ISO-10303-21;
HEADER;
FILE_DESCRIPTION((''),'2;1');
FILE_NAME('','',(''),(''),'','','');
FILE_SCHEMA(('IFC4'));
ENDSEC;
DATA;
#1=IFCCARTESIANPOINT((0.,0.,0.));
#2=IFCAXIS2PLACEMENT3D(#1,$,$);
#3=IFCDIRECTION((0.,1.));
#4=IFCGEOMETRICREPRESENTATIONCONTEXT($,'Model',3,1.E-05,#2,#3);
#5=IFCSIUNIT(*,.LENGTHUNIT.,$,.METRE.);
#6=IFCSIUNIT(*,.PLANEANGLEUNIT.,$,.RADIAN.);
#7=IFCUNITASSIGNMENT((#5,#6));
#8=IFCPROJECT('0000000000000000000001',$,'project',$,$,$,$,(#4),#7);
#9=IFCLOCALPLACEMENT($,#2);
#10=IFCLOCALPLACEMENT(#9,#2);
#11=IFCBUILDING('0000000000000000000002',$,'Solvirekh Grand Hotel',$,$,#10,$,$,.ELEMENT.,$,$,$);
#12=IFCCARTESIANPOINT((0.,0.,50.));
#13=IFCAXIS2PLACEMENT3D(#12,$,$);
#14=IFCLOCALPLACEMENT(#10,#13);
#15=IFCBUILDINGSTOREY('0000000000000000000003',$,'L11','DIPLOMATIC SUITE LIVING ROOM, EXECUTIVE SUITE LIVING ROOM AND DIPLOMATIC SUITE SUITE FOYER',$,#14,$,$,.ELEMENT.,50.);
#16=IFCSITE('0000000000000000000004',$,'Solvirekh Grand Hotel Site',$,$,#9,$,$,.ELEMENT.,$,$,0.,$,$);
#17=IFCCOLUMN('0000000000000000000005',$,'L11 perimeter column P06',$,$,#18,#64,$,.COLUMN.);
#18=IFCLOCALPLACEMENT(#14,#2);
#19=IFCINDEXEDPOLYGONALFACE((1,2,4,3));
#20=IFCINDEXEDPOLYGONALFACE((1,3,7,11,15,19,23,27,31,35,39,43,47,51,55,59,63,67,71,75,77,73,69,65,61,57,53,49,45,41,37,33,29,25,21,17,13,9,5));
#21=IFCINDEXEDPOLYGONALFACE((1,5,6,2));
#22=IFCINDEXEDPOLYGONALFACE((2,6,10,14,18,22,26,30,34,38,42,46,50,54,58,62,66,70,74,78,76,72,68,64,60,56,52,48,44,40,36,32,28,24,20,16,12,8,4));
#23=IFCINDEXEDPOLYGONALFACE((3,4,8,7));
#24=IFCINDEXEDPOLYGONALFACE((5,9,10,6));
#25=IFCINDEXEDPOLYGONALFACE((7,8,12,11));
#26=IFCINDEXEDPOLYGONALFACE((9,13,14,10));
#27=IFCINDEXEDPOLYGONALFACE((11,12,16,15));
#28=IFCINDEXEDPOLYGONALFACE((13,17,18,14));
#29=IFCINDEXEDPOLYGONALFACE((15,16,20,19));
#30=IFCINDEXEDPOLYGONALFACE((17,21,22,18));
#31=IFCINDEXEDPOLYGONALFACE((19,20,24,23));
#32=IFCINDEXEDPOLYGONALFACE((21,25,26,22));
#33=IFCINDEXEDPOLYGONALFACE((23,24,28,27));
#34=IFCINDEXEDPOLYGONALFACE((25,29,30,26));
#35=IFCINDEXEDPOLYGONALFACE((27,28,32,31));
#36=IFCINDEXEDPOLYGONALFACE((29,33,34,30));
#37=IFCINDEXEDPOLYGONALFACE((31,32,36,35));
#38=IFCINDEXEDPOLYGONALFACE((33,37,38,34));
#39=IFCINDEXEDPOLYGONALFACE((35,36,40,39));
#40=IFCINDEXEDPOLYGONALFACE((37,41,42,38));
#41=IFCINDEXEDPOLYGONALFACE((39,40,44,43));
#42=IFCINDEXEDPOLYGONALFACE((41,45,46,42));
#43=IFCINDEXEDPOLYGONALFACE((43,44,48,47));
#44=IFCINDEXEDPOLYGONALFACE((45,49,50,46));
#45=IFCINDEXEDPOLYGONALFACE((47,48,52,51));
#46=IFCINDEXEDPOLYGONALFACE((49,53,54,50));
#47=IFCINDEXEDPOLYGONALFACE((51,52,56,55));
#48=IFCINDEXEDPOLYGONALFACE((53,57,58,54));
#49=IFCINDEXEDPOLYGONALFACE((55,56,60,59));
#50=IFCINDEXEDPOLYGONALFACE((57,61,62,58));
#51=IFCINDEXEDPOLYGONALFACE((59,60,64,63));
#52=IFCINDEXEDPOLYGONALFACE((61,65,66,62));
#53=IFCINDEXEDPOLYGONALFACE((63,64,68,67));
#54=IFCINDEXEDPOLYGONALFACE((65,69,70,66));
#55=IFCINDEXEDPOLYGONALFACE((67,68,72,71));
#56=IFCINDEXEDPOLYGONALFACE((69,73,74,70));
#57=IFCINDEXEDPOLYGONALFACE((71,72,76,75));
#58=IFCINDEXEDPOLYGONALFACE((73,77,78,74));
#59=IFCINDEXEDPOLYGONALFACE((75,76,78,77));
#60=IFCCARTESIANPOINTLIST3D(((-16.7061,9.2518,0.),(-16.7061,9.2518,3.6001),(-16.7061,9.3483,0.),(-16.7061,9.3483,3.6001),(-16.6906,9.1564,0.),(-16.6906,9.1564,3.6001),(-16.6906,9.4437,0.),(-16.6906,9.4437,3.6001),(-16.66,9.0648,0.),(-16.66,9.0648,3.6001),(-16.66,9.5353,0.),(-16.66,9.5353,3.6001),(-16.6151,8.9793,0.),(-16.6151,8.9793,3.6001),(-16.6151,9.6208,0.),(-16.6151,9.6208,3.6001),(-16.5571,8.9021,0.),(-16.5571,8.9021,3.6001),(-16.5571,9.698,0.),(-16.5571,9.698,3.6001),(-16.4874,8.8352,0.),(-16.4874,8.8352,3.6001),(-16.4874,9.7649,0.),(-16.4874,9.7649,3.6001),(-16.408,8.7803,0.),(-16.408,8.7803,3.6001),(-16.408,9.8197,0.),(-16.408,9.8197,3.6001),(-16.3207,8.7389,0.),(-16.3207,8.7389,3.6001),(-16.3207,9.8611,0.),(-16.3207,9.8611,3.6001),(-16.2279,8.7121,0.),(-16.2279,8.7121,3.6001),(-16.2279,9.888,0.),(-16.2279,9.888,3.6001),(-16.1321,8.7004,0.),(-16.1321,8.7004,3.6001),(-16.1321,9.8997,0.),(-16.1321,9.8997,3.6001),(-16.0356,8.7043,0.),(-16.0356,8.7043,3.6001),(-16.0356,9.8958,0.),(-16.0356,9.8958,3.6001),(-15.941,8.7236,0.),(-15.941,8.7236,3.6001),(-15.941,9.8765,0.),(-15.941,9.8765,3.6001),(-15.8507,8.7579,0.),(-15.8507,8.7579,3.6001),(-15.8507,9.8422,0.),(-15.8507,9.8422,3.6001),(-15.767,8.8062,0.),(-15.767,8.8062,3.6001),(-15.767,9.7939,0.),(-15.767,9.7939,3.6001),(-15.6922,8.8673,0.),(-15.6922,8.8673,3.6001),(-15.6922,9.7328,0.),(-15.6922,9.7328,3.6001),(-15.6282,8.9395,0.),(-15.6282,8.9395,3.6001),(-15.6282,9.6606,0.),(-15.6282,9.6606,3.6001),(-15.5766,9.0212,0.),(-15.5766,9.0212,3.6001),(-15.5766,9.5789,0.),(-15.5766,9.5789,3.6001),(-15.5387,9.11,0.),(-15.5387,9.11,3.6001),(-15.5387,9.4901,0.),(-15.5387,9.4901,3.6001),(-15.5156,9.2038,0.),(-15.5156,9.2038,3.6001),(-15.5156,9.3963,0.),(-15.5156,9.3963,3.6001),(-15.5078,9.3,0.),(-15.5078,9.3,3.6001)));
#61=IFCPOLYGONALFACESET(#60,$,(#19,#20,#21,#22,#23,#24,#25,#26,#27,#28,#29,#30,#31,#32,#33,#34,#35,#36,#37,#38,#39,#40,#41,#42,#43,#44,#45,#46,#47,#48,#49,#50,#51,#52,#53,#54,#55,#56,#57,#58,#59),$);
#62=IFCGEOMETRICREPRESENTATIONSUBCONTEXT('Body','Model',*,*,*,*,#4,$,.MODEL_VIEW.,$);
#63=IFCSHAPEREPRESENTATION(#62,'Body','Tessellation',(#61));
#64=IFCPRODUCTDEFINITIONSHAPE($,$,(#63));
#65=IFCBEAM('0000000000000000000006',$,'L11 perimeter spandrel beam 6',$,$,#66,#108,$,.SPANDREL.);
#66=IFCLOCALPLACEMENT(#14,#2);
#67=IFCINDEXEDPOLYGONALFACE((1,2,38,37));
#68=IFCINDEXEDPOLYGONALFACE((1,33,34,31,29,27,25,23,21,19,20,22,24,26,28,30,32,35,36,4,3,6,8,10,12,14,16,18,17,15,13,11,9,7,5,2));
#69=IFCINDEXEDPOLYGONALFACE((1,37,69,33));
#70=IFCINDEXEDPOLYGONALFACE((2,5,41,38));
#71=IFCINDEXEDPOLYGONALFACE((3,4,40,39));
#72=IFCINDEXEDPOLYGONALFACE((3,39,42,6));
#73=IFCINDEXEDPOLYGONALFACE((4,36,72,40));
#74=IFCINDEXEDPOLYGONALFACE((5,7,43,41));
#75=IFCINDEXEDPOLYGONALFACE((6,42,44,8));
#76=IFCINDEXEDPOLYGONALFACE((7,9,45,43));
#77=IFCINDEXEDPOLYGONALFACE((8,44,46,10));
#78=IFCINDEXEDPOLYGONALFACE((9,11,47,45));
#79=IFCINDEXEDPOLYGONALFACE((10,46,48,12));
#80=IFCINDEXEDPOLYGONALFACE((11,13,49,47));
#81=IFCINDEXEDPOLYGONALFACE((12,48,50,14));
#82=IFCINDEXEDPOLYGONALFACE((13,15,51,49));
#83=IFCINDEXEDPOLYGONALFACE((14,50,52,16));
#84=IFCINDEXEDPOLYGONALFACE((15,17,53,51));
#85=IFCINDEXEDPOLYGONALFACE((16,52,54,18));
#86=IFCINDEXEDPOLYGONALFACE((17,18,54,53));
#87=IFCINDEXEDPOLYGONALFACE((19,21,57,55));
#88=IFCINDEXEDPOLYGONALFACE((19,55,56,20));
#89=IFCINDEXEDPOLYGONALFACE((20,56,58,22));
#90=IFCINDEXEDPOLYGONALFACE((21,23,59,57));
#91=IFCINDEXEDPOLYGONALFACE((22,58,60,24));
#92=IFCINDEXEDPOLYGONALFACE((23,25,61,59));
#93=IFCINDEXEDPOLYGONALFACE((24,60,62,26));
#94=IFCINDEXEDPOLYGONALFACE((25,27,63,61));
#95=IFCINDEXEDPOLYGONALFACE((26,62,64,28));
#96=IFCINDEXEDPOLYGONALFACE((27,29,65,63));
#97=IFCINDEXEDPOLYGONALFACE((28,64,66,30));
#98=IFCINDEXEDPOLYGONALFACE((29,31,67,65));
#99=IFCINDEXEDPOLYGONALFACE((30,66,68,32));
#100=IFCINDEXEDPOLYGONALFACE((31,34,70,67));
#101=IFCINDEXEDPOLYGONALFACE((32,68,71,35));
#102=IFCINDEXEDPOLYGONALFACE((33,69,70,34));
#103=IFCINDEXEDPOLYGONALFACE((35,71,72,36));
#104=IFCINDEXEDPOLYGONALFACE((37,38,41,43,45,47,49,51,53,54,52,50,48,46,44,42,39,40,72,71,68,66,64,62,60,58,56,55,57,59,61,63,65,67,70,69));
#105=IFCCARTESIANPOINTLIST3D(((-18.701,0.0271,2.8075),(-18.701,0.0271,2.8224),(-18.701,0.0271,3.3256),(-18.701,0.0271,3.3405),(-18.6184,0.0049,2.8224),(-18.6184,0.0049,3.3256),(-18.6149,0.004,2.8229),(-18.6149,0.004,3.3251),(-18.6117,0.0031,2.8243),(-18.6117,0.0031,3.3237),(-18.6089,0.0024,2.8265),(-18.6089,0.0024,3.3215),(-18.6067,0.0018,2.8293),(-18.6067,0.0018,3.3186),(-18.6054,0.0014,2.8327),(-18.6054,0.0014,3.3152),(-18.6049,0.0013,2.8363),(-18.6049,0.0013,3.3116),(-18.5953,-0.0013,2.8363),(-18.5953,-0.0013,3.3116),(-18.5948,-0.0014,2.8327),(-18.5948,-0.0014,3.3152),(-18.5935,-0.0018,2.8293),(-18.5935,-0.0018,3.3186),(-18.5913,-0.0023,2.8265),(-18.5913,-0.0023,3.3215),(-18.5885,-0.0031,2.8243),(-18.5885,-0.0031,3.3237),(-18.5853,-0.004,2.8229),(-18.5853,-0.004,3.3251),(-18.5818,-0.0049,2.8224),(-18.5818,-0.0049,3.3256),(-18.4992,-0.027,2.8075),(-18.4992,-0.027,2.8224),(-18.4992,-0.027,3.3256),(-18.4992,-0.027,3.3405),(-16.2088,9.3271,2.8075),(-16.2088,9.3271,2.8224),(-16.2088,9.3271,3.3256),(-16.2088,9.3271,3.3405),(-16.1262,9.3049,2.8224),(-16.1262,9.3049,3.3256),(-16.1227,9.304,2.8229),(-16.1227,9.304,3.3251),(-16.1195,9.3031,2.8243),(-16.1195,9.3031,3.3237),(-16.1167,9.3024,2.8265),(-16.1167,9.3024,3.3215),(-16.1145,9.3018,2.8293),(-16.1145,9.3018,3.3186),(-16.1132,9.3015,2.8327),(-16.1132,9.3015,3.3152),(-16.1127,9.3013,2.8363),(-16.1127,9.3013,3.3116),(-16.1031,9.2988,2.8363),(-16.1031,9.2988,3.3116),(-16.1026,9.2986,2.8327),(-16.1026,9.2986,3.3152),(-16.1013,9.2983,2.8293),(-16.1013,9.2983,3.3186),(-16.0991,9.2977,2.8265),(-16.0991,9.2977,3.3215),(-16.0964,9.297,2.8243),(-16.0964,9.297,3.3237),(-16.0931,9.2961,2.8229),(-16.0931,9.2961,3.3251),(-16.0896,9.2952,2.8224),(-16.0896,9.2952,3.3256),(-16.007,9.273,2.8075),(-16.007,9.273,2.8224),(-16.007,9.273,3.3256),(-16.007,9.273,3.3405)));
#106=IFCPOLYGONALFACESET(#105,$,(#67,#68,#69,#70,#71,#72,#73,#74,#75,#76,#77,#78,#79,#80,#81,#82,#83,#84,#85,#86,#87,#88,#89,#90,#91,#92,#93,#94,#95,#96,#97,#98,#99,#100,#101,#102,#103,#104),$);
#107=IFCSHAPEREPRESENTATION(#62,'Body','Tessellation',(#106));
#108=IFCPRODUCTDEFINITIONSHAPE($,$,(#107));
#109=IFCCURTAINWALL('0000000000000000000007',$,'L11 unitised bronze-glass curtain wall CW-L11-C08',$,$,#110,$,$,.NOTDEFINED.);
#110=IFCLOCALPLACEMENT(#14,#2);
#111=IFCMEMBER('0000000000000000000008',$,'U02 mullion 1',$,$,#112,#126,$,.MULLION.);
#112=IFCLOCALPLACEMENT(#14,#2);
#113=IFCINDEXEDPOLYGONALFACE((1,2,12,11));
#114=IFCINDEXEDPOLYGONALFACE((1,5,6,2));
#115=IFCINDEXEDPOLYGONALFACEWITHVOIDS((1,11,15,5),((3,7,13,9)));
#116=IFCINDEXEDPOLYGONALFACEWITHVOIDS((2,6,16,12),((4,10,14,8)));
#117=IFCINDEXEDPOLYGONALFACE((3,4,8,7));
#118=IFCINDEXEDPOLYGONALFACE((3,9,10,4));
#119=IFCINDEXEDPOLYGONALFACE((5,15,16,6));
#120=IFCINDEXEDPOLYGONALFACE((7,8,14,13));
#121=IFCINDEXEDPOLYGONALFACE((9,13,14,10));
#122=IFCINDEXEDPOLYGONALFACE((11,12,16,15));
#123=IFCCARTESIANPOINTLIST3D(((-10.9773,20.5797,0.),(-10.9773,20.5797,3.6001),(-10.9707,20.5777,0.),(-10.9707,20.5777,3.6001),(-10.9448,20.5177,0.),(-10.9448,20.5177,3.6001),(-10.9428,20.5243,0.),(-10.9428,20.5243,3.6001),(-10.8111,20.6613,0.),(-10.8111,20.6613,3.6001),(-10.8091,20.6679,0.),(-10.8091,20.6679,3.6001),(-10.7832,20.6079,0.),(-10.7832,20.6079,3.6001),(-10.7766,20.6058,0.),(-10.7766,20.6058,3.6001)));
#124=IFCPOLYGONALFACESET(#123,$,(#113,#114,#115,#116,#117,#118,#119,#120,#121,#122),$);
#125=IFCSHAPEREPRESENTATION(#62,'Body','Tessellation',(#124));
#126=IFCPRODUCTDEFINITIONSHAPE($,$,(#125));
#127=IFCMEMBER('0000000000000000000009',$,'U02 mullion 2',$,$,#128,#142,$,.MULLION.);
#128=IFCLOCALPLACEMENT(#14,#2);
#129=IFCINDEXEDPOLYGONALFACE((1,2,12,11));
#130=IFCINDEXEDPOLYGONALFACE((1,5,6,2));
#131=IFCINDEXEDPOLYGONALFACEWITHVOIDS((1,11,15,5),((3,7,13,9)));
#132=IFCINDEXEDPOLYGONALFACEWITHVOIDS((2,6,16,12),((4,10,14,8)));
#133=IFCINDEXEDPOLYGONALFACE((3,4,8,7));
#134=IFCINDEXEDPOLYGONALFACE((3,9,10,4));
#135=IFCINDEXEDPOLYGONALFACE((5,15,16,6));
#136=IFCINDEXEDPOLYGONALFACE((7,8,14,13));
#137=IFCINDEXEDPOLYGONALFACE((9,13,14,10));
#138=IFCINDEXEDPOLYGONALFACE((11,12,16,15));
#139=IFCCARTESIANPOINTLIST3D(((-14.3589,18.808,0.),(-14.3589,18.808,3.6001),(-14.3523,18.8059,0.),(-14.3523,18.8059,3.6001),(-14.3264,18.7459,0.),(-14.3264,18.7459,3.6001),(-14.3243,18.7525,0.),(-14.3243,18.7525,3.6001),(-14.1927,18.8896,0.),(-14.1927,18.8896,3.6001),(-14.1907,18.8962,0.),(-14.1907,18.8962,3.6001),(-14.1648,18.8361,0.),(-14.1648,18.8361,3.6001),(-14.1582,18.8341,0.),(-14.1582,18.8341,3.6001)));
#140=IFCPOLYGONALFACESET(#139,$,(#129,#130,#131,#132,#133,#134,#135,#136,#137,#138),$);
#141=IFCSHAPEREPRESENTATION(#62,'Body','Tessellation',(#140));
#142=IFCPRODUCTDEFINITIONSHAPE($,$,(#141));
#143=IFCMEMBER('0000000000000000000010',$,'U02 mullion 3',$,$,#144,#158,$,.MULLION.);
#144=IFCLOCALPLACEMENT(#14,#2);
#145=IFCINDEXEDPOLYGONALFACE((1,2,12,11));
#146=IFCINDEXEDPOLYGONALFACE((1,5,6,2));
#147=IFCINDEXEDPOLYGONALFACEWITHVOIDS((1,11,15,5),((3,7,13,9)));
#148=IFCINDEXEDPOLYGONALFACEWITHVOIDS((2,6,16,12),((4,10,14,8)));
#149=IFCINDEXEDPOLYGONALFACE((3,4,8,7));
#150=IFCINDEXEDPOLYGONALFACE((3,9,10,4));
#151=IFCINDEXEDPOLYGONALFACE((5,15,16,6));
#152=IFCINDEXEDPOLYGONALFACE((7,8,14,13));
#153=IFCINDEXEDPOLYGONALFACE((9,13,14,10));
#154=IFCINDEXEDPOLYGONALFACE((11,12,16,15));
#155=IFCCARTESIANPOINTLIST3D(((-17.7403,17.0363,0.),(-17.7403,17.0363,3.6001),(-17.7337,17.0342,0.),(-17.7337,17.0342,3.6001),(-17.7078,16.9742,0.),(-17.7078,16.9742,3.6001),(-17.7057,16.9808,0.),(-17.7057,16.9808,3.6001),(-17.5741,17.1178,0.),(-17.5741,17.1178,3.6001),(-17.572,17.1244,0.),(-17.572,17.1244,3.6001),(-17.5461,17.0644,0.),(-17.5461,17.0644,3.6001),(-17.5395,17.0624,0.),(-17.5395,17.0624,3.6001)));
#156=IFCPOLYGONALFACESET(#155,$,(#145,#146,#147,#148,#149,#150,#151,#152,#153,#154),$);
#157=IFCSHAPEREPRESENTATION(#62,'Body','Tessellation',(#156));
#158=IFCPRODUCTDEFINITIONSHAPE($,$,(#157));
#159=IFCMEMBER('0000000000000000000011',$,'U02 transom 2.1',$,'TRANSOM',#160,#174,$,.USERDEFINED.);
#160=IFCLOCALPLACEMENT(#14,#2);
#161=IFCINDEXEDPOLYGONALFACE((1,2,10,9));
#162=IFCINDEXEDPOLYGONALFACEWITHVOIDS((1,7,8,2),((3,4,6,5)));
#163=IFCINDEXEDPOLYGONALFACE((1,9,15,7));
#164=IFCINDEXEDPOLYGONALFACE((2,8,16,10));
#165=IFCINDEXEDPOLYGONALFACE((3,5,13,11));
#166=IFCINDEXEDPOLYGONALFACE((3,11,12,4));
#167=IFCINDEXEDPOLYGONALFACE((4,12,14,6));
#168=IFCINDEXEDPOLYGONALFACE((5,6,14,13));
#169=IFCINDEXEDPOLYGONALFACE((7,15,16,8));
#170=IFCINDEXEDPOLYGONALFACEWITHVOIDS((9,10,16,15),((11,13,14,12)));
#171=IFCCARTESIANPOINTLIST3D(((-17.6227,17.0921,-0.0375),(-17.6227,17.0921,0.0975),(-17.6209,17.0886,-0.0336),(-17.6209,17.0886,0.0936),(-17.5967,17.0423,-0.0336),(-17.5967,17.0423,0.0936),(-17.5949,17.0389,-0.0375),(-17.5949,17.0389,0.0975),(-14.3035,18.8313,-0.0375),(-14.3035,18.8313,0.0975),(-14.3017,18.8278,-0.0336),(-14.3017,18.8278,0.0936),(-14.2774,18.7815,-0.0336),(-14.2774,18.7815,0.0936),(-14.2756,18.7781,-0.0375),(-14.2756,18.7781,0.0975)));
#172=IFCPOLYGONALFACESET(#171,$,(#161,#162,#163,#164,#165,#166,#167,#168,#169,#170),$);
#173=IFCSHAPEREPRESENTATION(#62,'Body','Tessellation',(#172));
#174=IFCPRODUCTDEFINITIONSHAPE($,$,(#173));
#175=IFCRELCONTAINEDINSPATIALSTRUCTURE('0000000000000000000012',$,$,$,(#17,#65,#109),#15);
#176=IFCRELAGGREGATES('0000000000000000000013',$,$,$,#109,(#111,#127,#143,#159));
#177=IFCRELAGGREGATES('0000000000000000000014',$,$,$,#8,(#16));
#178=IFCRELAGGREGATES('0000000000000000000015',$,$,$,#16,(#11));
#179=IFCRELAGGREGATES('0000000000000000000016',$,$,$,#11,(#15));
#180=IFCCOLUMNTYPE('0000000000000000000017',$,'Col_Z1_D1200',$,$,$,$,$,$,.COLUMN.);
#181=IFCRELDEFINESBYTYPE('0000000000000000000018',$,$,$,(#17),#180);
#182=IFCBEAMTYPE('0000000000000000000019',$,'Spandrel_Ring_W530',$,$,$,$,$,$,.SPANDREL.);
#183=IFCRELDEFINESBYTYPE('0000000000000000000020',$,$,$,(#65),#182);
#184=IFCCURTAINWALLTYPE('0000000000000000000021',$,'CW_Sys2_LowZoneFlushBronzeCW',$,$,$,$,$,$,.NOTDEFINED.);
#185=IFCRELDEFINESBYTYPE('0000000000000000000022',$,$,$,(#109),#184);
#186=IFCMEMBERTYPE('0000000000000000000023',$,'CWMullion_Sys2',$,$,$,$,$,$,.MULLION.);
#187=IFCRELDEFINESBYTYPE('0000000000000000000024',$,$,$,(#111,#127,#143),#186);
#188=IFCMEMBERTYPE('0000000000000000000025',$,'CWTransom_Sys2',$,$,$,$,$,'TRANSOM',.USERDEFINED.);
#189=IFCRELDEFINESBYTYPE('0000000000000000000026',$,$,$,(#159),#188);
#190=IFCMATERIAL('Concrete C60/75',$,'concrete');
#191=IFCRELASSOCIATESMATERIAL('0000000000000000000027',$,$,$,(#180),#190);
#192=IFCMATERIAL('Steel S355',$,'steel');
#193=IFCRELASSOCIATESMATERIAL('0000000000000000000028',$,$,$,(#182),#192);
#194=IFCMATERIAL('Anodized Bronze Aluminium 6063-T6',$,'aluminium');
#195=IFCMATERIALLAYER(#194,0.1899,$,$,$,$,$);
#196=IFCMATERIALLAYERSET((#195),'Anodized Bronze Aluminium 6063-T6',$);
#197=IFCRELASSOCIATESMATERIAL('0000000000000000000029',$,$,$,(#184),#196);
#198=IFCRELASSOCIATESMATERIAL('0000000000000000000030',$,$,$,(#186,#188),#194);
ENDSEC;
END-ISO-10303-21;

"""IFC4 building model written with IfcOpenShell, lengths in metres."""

from ifc_helpers import new_model, si_unit, direction, frame, origin, origin_2d, place, context, subcontext, project, spatial, hollow_rectangle, circle, i_section, extrude, source, transform, mapped, material, layer, layer_set, material_profile, profile_set, type_object, element, aggregate, save


model = new_model("IFC4")

# Units and contexts
model_context = context("Model", 3, precision=1e-05, world=origin(), true_north=direction((0.0, 1.0)))
body_context = subcontext(model_context, "Body", "Model", "MODEL_VIEW")
ifc_project = project(units=[si_unit("LENGTHUNIT", "METRE"), si_unit("PLANEANGLEUNIT", "RADIAN")], contexts=[model_context])

# Site, building, storey
site_placement = place(None, origin())
site = spatial("IfcSite", under=ifc_project, at=site_placement, Name="Solvirekh Grand Hotel Site", CompositionType="ELEMENT", RefElevation=0.0)
building_placement = place(site_placement, origin())
building = spatial("IfcBuilding", under=site, at=building_placement, Name="Solvirekh Grand Hotel", CompositionType="ELEMENT")
storey_placement = place(building_placement, frame((0.0, 0.0, 50.0)))
storey = spatial("IfcBuildingStorey", under=building, at=storey_placement, Name="L11", Description="DIPLOMATIC SUITE LIVING ROOM, EXECUTIVE SUITE LIVING ROOM AND DIPLOMATIC SUITE SUITE FOYER", CompositionType="ELEMENT", Elevation=50.0)

# Column
ifc_material_1 = material(Name="Concrete C60/75", Category="concrete")
ifc_material_profile_1 = material_profile(ifc_material_1, circle(Radius=0.6001, at=origin_2d()), Name="RC CIRC D1200")
ifc_profile_set_1 = profile_set([ifc_material_profile_1], Name="Concrete C60/75")
column_type = type_object("IfcColumnType", Name="Col_Z1_D1200", PredefinedType="COLUMN", material=ifc_profile_set_1)
column_placement = place(storey_placement, frame((-16.1079, 9.3, 0.0), z_axis=(0.0, 0.0, 1.0), x_axis=(1.0, 0.0, 0.0)))
element("IfcColumn", 1, at=column_placement, inside=storey, type_object=column_type, Name="L11 perimeter column P06", PredefinedType="COLUMN", context=body_context, shape_type="SweptSolid", body=[
    extrude(circle(Radius=0.6001, at=origin_2d()), origin(), (0.0, 0.0, 1.0), 3.6001),
])

# Beam
ifc_material_2 = material(Name="Steel S355", Category="steel")
ifc_material_profile_2 = material_profile(ifc_material_2, i_section(OverallWidth=0.209, OverallDepth=0.533, WebThickness=0.01, FlangeThickness=0.0149, FilletRadius=0.0139, at=origin_2d()), Name="W530X92")
ifc_profile_set_2 = profile_set([ifc_material_profile_2], Name="Steel S355")
beam_type = type_object("IfcBeamType", Name="Spandrel_Ring_W530", PredefinedType="SPANDREL", material=ifc_profile_set_2)
beam_placement = place(storey_placement, frame((-16.1079, 9.3, 3.074), z_axis=(-0.258843, -0.965919, 0.0), x_axis=(0.965919, -0.258843, 0.0)))
element("IfcBeam", 2, at=beam_placement, inside=storey, type_object=beam_type, Name="L11 perimeter spandrel beam 6", PredefinedType="SPANDREL", context=body_context, shape_type="SweptSolid", body=[
    extrude(i_section(OverallWidth=0.209, OverallDepth=0.533, WebThickness=0.01, FlangeThickness=0.0149, FilletRadius=0.0139, at=origin_2d()), origin(), (0.0, 0.0, 1.0), 9.6282),
])

# Curtain wall, members
ifc_material_3 = material(Name="Anodized Bronze Aluminium 6063-T6", Category="aluminium")
ifc_layer_1 = layer(ifc_material_3, 0.1899)
ifc_layer_set_1 = layer_set([ifc_layer_1], Name="Anodized Bronze Aluminium 6063-T6")
curtain_wall_type = type_object("IfcCurtainWallType", Name="CW_Sys2_LowZoneFlushBronzeCW", PredefinedType="NOTDEFINED", material=ifc_layer_set_1)
curtain_wall_placement = place(storey_placement, origin())
curtain_wall = element("IfcCurtainWall", 3, at=curtain_wall_placement, inside=storey, type_object=curtain_wall_type, Name="L11 unitised bronze-glass curtain wall CW-L11-C08", PredefinedType="NOTDEFINED")
ifc_material_profile_3 = material_profile(ifc_material_3, hollow_rectangle(XDim=0.0701, YDim=0.1899, WallThickness=0.0049, at=origin_2d()), Name="ALU RHS 190X70X5")
ifc_profile_set_3 = profile_set([ifc_material_profile_3], Name="Anodized Bronze Aluminium 6063-T6")
member_type_1 = type_object("IfcMemberType", Name="CWMullion_Sys2", PredefinedType="MULLION", material=ifc_profile_set_3)
shared_shape_1 = source(origin(), body_context, "Body", "SweptSolid", [
    extrude(hollow_rectangle(XDim=0.0701, YDim=0.1899, WallThickness=0.0049, at=origin_2d()), origin(), (0.0, 0.0, 1.0), 3.6001),
])
member_1_placement = place(storey_placement, frame((-10.877, 20.5928, 0.0), z_axis=(0.0, 0.0, 1.0), x_axis=(0.464109, -0.885778, 0.0)))
member_1 = element("IfcMember", 4, at=member_1_placement, type_object=member_type_1, Name="U02 mullion 1", PredefinedType="MULLION", context=body_context, shape_type="MappedRepresentation", body=[
    mapped(shared_shape_1, transform((0.0, 0.0, 0.0), x_axis=(1.0, 0.0, 0.0), y_axis=(0.0, 1.0, 0.0), z_axis=(0.0, 0.0, 1.0), scale=1.0)),
])
member_2_placement = place(storey_placement, frame((-14.2585, 18.821, 0.0), z_axis=(0.0, 0.0, 1.0), x_axis=(0.464109, -0.885778, 0.0)))
member_2 = element("IfcMember", 5, at=member_2_placement, type_object=member_type_1, Name="U02 mullion 2", PredefinedType="MULLION", context=body_context, shape_type="MappedRepresentation", body=[
    mapped(shared_shape_1, transform((0.0, 0.0, 0.0), x_axis=(1.0, 0.0, 0.0), y_axis=(0.0, 1.0, 0.0), z_axis=(0.0, 0.0, 1.0), scale=1.0)),
])
member_3_placement = place(storey_placement, frame((-17.6399, 17.0493, 0.0), z_axis=(0.0, 0.0, 1.0), x_axis=(0.464109, -0.885778, 0.0)))
member_3 = element("IfcMember", 6, at=member_3_placement, type_object=member_type_1, Name="U02 mullion 3", PredefinedType="MULLION", context=body_context, shape_type="MappedRepresentation", body=[
    mapped(shared_shape_1, transform((0.0, 0.0, 0.0), x_axis=(1.0, 0.0, 0.0), y_axis=(0.0, 1.0, 0.0), z_axis=(0.0, 0.0, 1.0), scale=1.0)),
])
ifc_material_profile_4 = material_profile(ifc_material_3, hollow_rectangle(XDim=0.0601, YDim=0.135, WallThickness=0.0039, at=origin_2d()), Name="ALU RHS 135X60X4")
ifc_profile_set_4 = profile_set([ifc_material_profile_4], Name="Anodized Bronze Aluminium 6063-T6")
member_type_2 = type_object("IfcMemberType", Name="CWTransom_Sys2", ElementType="TRANSOM", PredefinedType="USERDEFINED", material=ifc_profile_set_4)
shared_shape_2 = source(origin(), body_context, "Body", "SweptSolid", [
    extrude(hollow_rectangle(XDim=0.0601, YDim=0.135, WallThickness=0.0039, at=origin_2d()), origin(), (0.0, 0.0, 1.0), 3.7473),
])
member_4_placement = place(storey_placement, frame((-14.2896, 18.8047, 0.03), z_axis=(-0.88577, -0.464124, 0.0), x_axis=(0.464124, -0.88577, 0.0)))
member_4 = element("IfcMember", 7, at=member_4_placement, type_object=member_type_2, Name="U02 transom 2.1", ObjectType="TRANSOM", PredefinedType="USERDEFINED", context=body_context, shape_type="MappedRepresentation", body=[
    mapped(shared_shape_2, transform((0.0, 0.0, 0.0), x_axis=(1.0, 0.0, 0.0), y_axis=(0.0, 1.0, 0.0), z_axis=(0.0, 0.0, 1.0), scale=1.0)),
])
aggregate(curtain_wall, [member_1, member_2, member_3, member_4])

save(model, "model.ifc")
